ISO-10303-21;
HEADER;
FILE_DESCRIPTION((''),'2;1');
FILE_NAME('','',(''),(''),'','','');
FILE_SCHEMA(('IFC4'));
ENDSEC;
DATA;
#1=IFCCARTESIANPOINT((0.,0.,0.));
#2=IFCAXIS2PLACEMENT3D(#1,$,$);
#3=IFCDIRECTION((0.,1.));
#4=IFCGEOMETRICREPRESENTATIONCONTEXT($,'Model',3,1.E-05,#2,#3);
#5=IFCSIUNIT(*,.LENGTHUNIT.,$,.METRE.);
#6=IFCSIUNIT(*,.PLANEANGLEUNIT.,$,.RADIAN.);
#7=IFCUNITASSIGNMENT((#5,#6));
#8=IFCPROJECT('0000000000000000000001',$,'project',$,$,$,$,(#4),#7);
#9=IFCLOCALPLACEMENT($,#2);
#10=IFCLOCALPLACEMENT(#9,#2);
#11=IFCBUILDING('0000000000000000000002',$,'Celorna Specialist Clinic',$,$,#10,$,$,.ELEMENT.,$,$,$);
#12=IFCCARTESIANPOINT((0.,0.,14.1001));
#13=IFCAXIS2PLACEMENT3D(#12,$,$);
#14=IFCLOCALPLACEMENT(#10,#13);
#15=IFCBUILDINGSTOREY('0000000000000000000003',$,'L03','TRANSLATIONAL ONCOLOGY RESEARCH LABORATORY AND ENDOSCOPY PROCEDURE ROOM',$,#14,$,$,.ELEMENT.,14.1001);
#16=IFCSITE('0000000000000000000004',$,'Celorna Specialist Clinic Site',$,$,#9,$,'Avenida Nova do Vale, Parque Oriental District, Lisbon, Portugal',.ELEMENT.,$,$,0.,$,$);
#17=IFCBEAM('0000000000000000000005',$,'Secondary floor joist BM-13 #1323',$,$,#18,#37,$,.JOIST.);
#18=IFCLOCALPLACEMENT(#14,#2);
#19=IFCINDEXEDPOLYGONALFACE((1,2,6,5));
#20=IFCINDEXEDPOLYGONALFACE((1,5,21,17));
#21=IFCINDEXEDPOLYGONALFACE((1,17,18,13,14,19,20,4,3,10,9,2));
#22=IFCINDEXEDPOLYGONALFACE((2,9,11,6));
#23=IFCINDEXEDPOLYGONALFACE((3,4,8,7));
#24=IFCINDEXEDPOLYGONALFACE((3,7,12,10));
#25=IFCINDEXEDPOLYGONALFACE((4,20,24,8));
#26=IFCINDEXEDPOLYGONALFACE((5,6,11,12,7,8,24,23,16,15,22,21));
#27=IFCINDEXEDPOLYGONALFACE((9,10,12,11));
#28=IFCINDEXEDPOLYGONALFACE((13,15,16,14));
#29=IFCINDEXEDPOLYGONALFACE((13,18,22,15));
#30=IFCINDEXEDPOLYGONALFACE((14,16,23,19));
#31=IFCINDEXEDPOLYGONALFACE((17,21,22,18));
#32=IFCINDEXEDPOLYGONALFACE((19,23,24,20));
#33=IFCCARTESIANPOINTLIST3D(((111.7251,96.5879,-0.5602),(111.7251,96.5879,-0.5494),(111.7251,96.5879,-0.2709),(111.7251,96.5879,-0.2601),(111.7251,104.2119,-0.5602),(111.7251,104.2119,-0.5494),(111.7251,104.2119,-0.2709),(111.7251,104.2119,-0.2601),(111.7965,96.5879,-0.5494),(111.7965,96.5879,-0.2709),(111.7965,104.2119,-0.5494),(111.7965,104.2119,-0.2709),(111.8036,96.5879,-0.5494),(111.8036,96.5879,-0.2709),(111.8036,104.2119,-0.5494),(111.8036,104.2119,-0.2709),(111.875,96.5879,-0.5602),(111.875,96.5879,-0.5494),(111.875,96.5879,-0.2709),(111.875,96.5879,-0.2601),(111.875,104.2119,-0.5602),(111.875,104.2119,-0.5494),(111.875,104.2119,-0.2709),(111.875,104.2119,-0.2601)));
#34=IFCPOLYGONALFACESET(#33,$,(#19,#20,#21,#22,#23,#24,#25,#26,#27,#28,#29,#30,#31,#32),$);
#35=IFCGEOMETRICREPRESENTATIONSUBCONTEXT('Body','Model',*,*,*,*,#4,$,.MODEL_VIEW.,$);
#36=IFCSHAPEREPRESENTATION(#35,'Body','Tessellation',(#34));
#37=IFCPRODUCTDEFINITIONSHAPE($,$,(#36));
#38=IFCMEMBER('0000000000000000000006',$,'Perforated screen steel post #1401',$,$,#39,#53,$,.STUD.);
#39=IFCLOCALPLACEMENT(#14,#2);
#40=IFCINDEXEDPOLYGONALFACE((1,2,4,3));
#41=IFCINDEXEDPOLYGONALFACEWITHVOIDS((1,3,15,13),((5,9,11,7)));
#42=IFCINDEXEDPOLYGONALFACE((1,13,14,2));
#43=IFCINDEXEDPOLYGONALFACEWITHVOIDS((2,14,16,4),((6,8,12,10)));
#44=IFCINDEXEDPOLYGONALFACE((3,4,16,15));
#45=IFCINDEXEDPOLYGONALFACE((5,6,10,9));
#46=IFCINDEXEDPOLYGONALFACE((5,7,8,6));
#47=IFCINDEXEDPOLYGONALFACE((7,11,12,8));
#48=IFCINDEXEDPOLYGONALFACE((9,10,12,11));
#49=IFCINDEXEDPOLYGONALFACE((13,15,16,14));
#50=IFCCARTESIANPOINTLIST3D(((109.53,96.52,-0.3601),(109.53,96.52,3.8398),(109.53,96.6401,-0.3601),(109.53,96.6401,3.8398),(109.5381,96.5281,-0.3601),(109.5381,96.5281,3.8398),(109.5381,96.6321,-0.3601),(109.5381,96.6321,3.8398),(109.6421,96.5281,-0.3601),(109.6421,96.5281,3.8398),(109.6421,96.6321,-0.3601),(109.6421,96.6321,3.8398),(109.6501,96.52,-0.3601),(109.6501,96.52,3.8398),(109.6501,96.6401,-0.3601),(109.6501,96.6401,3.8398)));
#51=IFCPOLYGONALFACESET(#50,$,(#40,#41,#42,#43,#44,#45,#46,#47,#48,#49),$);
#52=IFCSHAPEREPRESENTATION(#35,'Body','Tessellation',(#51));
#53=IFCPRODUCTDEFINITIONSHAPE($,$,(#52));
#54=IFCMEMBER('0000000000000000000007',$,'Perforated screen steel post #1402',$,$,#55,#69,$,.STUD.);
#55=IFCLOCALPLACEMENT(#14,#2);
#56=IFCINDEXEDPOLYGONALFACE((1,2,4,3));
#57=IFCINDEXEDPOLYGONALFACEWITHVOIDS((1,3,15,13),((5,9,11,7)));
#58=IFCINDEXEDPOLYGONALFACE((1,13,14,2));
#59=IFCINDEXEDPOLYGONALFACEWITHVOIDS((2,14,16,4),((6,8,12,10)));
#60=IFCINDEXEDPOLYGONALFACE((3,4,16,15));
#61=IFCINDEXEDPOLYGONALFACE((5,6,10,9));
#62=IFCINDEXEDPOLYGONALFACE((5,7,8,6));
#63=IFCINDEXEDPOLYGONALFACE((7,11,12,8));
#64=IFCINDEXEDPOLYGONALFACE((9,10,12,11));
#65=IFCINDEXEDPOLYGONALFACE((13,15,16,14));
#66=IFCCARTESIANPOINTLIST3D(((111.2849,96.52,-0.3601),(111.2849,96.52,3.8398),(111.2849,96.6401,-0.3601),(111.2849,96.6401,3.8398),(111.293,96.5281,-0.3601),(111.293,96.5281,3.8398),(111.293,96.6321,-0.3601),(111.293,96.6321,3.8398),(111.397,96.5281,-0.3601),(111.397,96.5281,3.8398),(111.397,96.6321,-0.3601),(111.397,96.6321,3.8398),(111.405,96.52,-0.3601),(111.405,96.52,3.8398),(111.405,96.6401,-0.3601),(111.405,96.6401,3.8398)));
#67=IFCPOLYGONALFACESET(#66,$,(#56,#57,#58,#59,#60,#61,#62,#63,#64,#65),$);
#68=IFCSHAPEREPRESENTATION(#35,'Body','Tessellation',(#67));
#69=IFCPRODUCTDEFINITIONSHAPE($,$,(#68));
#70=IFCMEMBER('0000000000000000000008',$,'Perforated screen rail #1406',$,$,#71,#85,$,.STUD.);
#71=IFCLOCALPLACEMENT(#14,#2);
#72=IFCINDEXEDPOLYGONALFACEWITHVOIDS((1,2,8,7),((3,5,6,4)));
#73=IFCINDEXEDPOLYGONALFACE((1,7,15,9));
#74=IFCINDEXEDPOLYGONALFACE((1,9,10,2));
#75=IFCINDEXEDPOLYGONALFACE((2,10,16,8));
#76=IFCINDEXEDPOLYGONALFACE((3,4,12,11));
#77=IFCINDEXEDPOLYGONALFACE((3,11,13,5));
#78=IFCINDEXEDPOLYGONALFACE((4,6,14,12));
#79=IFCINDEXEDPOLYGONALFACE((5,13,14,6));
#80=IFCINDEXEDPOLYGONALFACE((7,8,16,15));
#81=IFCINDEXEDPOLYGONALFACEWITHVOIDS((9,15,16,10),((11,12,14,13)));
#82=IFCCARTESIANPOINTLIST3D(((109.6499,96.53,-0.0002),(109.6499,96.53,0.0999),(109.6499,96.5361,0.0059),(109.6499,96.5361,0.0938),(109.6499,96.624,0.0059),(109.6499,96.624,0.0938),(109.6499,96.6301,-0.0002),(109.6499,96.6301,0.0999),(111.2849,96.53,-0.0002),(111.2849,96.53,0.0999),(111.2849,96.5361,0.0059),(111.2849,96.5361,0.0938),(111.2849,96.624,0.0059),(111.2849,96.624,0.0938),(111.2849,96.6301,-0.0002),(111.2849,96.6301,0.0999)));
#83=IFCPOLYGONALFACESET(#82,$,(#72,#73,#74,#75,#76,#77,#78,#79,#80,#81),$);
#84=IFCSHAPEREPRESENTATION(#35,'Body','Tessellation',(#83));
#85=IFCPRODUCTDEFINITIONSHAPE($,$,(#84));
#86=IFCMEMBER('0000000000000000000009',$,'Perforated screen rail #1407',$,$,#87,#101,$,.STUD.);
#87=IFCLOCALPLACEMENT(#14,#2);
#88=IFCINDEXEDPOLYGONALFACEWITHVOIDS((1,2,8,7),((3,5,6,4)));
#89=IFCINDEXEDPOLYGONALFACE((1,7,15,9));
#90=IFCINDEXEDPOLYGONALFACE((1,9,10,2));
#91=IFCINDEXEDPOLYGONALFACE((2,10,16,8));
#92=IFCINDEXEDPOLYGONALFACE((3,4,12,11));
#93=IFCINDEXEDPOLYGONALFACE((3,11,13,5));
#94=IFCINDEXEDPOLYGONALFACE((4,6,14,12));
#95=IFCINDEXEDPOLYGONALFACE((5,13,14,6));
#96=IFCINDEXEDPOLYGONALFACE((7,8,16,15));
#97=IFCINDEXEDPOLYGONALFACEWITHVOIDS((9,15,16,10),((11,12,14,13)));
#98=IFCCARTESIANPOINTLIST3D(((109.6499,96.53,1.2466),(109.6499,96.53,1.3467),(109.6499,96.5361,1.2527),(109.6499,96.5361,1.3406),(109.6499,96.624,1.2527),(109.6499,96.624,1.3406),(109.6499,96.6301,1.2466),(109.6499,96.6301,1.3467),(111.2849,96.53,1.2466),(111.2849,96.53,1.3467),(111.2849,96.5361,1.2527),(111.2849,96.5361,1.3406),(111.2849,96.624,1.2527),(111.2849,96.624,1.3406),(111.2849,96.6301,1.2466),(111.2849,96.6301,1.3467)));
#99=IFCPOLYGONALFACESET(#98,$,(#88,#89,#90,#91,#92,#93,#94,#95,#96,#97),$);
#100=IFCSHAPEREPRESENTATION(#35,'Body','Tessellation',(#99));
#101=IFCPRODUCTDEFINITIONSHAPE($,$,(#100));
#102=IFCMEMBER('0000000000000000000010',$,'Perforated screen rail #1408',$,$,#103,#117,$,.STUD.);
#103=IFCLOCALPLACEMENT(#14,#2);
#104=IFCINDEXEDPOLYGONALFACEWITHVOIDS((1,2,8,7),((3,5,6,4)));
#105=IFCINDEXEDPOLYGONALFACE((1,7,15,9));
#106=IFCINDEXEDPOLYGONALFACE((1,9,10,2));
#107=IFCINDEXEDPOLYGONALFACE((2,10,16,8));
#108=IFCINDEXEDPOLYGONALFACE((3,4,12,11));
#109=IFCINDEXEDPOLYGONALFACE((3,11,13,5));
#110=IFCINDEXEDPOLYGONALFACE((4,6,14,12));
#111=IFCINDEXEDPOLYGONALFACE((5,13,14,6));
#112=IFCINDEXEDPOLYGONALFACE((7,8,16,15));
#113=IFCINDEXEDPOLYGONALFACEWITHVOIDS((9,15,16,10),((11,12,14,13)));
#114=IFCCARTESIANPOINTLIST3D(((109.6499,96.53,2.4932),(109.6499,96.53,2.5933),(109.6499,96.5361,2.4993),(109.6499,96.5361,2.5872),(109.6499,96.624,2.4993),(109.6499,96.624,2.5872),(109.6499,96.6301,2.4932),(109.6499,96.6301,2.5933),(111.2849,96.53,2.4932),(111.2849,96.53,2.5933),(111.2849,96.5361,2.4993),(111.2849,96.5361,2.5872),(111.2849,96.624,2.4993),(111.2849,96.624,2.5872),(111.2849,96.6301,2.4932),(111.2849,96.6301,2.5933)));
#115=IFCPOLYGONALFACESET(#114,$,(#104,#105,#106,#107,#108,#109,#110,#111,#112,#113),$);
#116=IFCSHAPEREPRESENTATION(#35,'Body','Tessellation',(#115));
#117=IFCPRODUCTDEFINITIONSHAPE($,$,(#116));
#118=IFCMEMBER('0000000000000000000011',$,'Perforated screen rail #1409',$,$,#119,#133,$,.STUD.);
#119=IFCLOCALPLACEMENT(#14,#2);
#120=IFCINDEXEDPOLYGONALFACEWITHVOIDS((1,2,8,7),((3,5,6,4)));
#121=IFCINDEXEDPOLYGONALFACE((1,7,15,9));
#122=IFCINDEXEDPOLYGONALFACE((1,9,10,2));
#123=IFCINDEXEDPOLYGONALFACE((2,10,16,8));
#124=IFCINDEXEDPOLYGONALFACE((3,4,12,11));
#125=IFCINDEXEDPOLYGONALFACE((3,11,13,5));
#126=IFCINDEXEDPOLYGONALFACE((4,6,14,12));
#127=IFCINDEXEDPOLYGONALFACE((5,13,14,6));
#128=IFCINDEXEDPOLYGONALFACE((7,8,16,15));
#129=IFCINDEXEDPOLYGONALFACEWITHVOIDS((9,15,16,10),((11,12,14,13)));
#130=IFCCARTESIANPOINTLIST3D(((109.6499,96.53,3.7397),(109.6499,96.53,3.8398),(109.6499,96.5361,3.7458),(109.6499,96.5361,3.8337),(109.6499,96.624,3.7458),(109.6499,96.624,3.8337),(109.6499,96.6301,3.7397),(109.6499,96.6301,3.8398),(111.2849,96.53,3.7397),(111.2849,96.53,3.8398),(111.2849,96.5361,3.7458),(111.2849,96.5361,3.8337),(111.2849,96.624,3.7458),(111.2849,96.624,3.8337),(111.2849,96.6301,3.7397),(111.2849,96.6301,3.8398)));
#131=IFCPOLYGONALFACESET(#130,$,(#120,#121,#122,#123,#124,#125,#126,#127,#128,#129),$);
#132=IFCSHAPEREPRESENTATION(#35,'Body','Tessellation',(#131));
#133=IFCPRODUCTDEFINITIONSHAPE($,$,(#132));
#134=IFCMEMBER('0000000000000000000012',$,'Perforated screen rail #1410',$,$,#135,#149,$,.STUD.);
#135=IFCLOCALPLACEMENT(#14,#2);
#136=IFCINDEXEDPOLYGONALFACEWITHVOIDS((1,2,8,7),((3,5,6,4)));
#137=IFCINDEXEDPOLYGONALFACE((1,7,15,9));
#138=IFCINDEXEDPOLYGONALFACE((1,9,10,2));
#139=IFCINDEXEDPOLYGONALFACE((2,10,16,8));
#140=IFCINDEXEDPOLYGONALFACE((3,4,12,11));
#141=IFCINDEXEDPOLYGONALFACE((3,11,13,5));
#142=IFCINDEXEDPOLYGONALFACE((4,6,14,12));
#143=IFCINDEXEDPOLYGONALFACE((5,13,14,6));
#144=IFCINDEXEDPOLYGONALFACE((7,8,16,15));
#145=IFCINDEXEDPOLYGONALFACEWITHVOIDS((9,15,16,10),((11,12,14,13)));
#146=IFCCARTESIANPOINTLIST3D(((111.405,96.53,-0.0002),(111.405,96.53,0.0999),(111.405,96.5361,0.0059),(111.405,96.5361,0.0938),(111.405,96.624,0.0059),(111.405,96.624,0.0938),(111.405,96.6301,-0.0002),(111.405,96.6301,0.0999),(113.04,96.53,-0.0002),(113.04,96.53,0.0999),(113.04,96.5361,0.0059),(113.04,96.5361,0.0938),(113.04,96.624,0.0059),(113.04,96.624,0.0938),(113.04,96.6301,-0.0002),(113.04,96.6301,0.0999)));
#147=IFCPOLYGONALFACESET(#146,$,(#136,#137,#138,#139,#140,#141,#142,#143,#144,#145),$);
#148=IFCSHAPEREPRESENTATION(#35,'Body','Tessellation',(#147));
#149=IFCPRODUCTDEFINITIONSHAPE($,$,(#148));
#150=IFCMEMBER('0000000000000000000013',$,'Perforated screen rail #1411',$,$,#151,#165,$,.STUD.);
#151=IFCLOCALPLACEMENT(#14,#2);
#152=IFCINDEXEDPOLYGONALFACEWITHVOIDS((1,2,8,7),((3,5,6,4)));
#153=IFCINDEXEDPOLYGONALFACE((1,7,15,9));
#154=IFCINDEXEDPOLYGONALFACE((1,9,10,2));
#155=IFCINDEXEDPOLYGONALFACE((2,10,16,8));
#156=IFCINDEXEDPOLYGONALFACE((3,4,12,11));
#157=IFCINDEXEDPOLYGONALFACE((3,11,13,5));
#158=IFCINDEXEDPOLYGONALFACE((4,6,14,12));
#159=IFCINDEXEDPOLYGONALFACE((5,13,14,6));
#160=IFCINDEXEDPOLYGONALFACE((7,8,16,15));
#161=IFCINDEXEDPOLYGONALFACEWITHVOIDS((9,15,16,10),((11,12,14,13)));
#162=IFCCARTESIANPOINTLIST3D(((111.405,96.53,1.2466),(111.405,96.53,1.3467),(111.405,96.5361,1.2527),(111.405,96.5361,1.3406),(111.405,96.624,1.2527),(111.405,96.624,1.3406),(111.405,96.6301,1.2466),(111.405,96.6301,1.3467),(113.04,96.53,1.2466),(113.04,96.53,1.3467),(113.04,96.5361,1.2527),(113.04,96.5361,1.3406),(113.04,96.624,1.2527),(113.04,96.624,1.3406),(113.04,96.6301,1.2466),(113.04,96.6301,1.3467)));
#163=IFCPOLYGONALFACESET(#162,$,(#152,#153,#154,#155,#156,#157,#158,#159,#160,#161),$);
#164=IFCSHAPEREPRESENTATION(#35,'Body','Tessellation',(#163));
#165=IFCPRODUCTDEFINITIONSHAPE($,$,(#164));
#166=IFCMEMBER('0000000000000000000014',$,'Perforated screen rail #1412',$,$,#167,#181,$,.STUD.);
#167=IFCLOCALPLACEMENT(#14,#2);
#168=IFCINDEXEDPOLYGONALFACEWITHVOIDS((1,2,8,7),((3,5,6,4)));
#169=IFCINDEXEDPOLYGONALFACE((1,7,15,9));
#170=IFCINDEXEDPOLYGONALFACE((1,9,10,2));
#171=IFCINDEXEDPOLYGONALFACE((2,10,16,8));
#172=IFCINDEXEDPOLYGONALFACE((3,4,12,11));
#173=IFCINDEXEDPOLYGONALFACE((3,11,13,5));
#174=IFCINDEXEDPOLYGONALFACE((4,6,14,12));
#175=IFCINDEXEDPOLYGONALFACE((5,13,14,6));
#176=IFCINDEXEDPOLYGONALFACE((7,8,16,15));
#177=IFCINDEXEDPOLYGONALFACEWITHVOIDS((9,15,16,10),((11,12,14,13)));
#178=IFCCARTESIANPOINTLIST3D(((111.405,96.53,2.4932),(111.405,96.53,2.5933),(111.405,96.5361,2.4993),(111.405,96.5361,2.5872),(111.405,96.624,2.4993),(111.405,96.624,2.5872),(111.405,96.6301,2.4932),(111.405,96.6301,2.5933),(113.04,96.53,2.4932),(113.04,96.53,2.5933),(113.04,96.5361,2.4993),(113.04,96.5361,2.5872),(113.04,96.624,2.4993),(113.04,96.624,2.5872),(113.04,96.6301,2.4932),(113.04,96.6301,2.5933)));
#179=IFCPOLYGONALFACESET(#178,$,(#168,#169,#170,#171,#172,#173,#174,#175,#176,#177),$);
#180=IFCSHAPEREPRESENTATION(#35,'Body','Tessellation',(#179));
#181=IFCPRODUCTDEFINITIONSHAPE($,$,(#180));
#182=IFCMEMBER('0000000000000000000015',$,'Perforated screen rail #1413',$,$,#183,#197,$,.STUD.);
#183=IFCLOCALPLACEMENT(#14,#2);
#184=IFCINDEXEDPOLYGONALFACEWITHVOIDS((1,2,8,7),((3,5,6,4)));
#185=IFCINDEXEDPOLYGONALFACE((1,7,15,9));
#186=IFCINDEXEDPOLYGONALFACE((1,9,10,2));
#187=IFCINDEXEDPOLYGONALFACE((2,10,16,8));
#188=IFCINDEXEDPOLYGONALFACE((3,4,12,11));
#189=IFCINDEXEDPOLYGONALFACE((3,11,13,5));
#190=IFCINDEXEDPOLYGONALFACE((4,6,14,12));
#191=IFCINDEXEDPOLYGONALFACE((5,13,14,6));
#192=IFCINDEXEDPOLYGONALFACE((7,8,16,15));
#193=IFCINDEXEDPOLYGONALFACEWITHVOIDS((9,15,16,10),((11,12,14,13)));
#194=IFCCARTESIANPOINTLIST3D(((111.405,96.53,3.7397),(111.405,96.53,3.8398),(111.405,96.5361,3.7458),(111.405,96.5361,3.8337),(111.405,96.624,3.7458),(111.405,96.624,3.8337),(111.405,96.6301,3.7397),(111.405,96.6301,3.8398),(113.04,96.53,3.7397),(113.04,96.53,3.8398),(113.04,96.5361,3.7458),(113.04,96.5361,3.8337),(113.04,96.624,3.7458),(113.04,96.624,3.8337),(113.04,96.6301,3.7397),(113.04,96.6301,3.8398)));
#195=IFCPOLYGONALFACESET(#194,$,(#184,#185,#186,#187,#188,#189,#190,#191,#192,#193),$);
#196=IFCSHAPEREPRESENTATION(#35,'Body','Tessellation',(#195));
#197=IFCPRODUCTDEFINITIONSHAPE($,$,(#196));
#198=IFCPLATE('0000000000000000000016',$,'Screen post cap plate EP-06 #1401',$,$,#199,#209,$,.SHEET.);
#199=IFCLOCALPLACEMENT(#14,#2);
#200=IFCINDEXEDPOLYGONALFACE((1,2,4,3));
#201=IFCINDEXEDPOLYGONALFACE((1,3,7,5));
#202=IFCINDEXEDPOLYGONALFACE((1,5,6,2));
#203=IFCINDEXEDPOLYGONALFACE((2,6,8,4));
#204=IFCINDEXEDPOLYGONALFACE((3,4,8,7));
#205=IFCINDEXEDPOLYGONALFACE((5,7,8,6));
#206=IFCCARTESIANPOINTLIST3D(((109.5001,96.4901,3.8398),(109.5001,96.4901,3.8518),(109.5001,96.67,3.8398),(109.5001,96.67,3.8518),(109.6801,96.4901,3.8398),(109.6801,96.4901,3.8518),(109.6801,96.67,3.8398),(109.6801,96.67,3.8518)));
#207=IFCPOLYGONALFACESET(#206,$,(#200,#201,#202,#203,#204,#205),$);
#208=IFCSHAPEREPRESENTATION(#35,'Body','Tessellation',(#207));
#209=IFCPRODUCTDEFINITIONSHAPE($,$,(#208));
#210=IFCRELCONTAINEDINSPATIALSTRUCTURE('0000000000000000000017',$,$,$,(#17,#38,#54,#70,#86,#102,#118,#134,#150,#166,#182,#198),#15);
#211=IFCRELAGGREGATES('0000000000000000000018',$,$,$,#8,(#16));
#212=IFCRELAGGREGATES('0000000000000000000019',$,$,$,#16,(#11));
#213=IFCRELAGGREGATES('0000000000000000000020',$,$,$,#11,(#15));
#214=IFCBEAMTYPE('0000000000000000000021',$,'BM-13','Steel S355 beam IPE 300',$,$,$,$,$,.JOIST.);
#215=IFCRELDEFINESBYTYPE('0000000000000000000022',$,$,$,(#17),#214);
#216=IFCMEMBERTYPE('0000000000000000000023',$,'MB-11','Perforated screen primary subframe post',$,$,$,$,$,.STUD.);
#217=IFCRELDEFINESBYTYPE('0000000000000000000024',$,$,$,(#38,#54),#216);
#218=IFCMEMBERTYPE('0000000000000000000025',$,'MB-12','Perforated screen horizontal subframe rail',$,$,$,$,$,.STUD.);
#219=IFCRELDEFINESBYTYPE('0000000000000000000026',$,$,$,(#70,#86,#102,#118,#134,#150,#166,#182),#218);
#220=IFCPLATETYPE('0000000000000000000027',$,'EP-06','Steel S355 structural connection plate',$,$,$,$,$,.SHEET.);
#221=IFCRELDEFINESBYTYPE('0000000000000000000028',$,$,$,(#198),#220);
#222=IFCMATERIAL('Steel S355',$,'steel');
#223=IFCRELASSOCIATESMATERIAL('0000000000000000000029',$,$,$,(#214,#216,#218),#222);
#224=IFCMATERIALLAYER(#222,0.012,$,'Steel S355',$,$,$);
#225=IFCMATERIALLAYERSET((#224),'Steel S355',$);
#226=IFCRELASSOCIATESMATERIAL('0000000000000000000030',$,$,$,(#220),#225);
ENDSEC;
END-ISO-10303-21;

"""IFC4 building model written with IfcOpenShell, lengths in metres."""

from ifc_helpers import new_model, si_unit, direction, frame, origin, origin_2d, place, context, subcontext, project, spatial, rectangle, hollow_rectangle, i_section, extrude, material, layer, layer_set, material_profile, profile_set, type_object, element, save


model = new_model("IFC4")

# Units and contexts
model_context = context("Model", 3, precision=1e-05, world=origin(), true_north=direction((0.0, 1.0)))
body_context = subcontext(model_context, "Body", "Model", "MODEL_VIEW")
ifc_project = project(units=[si_unit("LENGTHUNIT", "METRE"), si_unit("PLANEANGLEUNIT", "RADIAN")], contexts=[model_context])

# Site, building, storey
site_placement = place(None, origin())
site = spatial("IfcSite", under=ifc_project, at=site_placement, Name="Celorna Specialist Clinic Site", LongName="Avenida Nova do Vale, Parque Oriental District, Lisbon, Portugal", CompositionType="ELEMENT", RefElevation=0.0)
building_placement = place(site_placement, origin())
building = spatial("IfcBuilding", under=site, at=building_placement, Name="Celorna Specialist Clinic", CompositionType="ELEMENT")
storey_placement = place(building_placement, frame((0.0, 0.0, 14.1001)))
storey = spatial("IfcBuildingStorey", under=building, at=storey_placement, Name="L03", Description="TRANSLATIONAL ONCOLOGY RESEARCH LABORATORY AND ENDOSCOPY PROCEDURE ROOM", CompositionType="ELEMENT", Elevation=14.1001)

# Beam
ifc_material_1 = material(Name="Steel S355", Category="steel")
ifc_material_profile_1 = material_profile(ifc_material_1, i_section(OverallWidth=0.1499, OverallDepth=0.3, WebThickness=0.0071, FlangeThickness=0.0107, at=origin_2d()), Name="IPE 300")
ifc_profile_set_1 = profile_set([ifc_material_profile_1], Name="Steel S355")
beam_type = type_object("IfcBeamType", Name="BM-13", Description="Steel S355 beam IPE 300", PredefinedType="JOIST", material=ifc_profile_set_1)
beam_placement = place(storey_placement, frame((111.8, 96.5879, -0.4102), z_axis=(0.0, 1.0, 0.0), x_axis=(-1.0, 0.0, 0.0)))
element("IfcBeam", 1, at=beam_placement, inside=storey, type_object=beam_type, Name="Secondary floor joist BM-13 #1323", PredefinedType="JOIST", context=body_context, shape_type="SweptSolid", body=[
    extrude(i_section(OverallWidth=0.1499, OverallDepth=0.3, WebThickness=0.0071, FlangeThickness=0.0107, at=origin_2d()), origin(), (0.0, 0.0, 1.0), 7.624),
])

# Members
ifc_material_profile_2 = material_profile(ifc_material_1, hollow_rectangle(XDim=0.1201, YDim=0.1201, WallThickness=0.0081, at=origin_2d()), Name="SHS 120x120x8")
ifc_profile_set_2 = profile_set([ifc_material_profile_2], Name="Steel S355")
member_type_1 = type_object("IfcMemberType", Name="MB-11", Description="Perforated screen primary subframe post", PredefinedType="STUD", material=ifc_profile_set_2)
for number, where, z_axis, x_axis, name in (
    (2, (109.5901, 96.5801, -0.3601), (0.0, 0.0, 1.0), (1.0, 0.0, 0.0), "Perforated screen steel post #1401"),
    (3, (111.345, 96.5801, -0.3601), (0.0, 0.0, 1.0), (1.0, 0.0, 0.0), "Perforated screen steel post #1402"),
):
    element("IfcMember", number, at=place(storey_placement, frame(where, z_axis=z_axis, x_axis=x_axis)), inside=storey, type_object=member_type_1, Name=name, PredefinedType="STUD", context=body_context, shape_type="SweptSolid", body=[
        extrude(hollow_rectangle(XDim=0.1201, YDim=0.1201, WallThickness=0.0081, at=origin_2d()), origin(), (0.0, 0.0, 1.0), 4.2),
    ])
ifc_material_profile_3 = material_profile(ifc_material_1, hollow_rectangle(XDim=0.1001, YDim=0.1001, WallThickness=0.0061, at=origin_2d()), Name="SHS 100x100x6")
ifc_profile_set_3 = profile_set([ifc_material_profile_3], Name="Steel S355")
member_type_2 = type_object("IfcMemberType", Name="MB-12", Description="Perforated screen horizontal subframe rail", PredefinedType="STUD", material=ifc_profile_set_3)
for number, where, z_axis, x_axis, name in (
    (4, (109.6499, 96.5801, 0.0498), (1.0, 0.0, 0.0), (0.0, 1.0, 0.0), "Perforated screen rail #1406"),
    (5, (109.6499, 96.5801, 1.2966), (1.0, 0.0, 0.0), (0.0, 1.0, 0.0), "Perforated screen rail #1407"),
    (6, (109.6499, 96.5801, 2.5432), (1.0, 0.0, 0.0), (0.0, 1.0, 0.0), "Perforated screen rail #1408"),
    (7, (109.6499, 96.5801, 3.7898), (1.0, 0.0, 0.0), (0.0, 1.0, 0.0), "Perforated screen rail #1409"),
    (8, (111.405, 96.5801, 0.0498), (1.0, 0.0, 0.0), (0.0, 1.0, 0.0), "Perforated screen rail #1410"),
    (9, (111.405, 96.5801, 1.2966), (1.0, 0.0, 0.0), (0.0, 1.0, 0.0), "Perforated screen rail #1411"),
    (10, (111.405, 96.5801, 2.5432), (1.0, 0.0, 0.0), (0.0, 1.0, 0.0), "Perforated screen rail #1412"),
    (11, (111.405, 96.5801, 3.7898), (1.0, 0.0, 0.0), (0.0, 1.0, 0.0), "Perforated screen rail #1413"),
):
    element("IfcMember", number, at=place(storey_placement, frame(where, z_axis=z_axis, x_axis=x_axis)), inside=storey, type_object=member_type_2, Name=name, PredefinedType="STUD", context=body_context, shape_type="SweptSolid", body=[
        extrude(hollow_rectangle(XDim=0.1001, YDim=0.1001, WallThickness=0.0061, at=origin_2d()), origin(), (0.0, 0.0, 1.0), 1.635),
    ])

# Plate
ifc_layer_1 = layer(ifc_material_1, 0.012, Name="Steel S355")
ifc_layer_set_1 = layer_set([ifc_layer_1], Name="Steel S355")
plate_type_1 = type_object("IfcPlateType", Name="EP-06", Description="Steel S355 structural connection plate", PredefinedType="SHEET", material=ifc_layer_set_1)
plate_placement = place(storey_placement, frame((109.5901, 96.5801, 3.8398), z_axis=(0.0, 0.0, 1.0), x_axis=(1.0, 0.0, 0.0)))
element("IfcPlate", 12, at=plate_placement, inside=storey, type_object=plate_type_1, Name="Screen post cap plate EP-06 #1401", PredefinedType="SHEET", context=body_context, shape_type="SweptSolid", body=[
    extrude(rectangle(XDim=0.1799, YDim=0.1799, at=origin_2d()), origin(), (0.0, 0.0, 1.0), 0.012),
])

save(model, "model.ifc")
